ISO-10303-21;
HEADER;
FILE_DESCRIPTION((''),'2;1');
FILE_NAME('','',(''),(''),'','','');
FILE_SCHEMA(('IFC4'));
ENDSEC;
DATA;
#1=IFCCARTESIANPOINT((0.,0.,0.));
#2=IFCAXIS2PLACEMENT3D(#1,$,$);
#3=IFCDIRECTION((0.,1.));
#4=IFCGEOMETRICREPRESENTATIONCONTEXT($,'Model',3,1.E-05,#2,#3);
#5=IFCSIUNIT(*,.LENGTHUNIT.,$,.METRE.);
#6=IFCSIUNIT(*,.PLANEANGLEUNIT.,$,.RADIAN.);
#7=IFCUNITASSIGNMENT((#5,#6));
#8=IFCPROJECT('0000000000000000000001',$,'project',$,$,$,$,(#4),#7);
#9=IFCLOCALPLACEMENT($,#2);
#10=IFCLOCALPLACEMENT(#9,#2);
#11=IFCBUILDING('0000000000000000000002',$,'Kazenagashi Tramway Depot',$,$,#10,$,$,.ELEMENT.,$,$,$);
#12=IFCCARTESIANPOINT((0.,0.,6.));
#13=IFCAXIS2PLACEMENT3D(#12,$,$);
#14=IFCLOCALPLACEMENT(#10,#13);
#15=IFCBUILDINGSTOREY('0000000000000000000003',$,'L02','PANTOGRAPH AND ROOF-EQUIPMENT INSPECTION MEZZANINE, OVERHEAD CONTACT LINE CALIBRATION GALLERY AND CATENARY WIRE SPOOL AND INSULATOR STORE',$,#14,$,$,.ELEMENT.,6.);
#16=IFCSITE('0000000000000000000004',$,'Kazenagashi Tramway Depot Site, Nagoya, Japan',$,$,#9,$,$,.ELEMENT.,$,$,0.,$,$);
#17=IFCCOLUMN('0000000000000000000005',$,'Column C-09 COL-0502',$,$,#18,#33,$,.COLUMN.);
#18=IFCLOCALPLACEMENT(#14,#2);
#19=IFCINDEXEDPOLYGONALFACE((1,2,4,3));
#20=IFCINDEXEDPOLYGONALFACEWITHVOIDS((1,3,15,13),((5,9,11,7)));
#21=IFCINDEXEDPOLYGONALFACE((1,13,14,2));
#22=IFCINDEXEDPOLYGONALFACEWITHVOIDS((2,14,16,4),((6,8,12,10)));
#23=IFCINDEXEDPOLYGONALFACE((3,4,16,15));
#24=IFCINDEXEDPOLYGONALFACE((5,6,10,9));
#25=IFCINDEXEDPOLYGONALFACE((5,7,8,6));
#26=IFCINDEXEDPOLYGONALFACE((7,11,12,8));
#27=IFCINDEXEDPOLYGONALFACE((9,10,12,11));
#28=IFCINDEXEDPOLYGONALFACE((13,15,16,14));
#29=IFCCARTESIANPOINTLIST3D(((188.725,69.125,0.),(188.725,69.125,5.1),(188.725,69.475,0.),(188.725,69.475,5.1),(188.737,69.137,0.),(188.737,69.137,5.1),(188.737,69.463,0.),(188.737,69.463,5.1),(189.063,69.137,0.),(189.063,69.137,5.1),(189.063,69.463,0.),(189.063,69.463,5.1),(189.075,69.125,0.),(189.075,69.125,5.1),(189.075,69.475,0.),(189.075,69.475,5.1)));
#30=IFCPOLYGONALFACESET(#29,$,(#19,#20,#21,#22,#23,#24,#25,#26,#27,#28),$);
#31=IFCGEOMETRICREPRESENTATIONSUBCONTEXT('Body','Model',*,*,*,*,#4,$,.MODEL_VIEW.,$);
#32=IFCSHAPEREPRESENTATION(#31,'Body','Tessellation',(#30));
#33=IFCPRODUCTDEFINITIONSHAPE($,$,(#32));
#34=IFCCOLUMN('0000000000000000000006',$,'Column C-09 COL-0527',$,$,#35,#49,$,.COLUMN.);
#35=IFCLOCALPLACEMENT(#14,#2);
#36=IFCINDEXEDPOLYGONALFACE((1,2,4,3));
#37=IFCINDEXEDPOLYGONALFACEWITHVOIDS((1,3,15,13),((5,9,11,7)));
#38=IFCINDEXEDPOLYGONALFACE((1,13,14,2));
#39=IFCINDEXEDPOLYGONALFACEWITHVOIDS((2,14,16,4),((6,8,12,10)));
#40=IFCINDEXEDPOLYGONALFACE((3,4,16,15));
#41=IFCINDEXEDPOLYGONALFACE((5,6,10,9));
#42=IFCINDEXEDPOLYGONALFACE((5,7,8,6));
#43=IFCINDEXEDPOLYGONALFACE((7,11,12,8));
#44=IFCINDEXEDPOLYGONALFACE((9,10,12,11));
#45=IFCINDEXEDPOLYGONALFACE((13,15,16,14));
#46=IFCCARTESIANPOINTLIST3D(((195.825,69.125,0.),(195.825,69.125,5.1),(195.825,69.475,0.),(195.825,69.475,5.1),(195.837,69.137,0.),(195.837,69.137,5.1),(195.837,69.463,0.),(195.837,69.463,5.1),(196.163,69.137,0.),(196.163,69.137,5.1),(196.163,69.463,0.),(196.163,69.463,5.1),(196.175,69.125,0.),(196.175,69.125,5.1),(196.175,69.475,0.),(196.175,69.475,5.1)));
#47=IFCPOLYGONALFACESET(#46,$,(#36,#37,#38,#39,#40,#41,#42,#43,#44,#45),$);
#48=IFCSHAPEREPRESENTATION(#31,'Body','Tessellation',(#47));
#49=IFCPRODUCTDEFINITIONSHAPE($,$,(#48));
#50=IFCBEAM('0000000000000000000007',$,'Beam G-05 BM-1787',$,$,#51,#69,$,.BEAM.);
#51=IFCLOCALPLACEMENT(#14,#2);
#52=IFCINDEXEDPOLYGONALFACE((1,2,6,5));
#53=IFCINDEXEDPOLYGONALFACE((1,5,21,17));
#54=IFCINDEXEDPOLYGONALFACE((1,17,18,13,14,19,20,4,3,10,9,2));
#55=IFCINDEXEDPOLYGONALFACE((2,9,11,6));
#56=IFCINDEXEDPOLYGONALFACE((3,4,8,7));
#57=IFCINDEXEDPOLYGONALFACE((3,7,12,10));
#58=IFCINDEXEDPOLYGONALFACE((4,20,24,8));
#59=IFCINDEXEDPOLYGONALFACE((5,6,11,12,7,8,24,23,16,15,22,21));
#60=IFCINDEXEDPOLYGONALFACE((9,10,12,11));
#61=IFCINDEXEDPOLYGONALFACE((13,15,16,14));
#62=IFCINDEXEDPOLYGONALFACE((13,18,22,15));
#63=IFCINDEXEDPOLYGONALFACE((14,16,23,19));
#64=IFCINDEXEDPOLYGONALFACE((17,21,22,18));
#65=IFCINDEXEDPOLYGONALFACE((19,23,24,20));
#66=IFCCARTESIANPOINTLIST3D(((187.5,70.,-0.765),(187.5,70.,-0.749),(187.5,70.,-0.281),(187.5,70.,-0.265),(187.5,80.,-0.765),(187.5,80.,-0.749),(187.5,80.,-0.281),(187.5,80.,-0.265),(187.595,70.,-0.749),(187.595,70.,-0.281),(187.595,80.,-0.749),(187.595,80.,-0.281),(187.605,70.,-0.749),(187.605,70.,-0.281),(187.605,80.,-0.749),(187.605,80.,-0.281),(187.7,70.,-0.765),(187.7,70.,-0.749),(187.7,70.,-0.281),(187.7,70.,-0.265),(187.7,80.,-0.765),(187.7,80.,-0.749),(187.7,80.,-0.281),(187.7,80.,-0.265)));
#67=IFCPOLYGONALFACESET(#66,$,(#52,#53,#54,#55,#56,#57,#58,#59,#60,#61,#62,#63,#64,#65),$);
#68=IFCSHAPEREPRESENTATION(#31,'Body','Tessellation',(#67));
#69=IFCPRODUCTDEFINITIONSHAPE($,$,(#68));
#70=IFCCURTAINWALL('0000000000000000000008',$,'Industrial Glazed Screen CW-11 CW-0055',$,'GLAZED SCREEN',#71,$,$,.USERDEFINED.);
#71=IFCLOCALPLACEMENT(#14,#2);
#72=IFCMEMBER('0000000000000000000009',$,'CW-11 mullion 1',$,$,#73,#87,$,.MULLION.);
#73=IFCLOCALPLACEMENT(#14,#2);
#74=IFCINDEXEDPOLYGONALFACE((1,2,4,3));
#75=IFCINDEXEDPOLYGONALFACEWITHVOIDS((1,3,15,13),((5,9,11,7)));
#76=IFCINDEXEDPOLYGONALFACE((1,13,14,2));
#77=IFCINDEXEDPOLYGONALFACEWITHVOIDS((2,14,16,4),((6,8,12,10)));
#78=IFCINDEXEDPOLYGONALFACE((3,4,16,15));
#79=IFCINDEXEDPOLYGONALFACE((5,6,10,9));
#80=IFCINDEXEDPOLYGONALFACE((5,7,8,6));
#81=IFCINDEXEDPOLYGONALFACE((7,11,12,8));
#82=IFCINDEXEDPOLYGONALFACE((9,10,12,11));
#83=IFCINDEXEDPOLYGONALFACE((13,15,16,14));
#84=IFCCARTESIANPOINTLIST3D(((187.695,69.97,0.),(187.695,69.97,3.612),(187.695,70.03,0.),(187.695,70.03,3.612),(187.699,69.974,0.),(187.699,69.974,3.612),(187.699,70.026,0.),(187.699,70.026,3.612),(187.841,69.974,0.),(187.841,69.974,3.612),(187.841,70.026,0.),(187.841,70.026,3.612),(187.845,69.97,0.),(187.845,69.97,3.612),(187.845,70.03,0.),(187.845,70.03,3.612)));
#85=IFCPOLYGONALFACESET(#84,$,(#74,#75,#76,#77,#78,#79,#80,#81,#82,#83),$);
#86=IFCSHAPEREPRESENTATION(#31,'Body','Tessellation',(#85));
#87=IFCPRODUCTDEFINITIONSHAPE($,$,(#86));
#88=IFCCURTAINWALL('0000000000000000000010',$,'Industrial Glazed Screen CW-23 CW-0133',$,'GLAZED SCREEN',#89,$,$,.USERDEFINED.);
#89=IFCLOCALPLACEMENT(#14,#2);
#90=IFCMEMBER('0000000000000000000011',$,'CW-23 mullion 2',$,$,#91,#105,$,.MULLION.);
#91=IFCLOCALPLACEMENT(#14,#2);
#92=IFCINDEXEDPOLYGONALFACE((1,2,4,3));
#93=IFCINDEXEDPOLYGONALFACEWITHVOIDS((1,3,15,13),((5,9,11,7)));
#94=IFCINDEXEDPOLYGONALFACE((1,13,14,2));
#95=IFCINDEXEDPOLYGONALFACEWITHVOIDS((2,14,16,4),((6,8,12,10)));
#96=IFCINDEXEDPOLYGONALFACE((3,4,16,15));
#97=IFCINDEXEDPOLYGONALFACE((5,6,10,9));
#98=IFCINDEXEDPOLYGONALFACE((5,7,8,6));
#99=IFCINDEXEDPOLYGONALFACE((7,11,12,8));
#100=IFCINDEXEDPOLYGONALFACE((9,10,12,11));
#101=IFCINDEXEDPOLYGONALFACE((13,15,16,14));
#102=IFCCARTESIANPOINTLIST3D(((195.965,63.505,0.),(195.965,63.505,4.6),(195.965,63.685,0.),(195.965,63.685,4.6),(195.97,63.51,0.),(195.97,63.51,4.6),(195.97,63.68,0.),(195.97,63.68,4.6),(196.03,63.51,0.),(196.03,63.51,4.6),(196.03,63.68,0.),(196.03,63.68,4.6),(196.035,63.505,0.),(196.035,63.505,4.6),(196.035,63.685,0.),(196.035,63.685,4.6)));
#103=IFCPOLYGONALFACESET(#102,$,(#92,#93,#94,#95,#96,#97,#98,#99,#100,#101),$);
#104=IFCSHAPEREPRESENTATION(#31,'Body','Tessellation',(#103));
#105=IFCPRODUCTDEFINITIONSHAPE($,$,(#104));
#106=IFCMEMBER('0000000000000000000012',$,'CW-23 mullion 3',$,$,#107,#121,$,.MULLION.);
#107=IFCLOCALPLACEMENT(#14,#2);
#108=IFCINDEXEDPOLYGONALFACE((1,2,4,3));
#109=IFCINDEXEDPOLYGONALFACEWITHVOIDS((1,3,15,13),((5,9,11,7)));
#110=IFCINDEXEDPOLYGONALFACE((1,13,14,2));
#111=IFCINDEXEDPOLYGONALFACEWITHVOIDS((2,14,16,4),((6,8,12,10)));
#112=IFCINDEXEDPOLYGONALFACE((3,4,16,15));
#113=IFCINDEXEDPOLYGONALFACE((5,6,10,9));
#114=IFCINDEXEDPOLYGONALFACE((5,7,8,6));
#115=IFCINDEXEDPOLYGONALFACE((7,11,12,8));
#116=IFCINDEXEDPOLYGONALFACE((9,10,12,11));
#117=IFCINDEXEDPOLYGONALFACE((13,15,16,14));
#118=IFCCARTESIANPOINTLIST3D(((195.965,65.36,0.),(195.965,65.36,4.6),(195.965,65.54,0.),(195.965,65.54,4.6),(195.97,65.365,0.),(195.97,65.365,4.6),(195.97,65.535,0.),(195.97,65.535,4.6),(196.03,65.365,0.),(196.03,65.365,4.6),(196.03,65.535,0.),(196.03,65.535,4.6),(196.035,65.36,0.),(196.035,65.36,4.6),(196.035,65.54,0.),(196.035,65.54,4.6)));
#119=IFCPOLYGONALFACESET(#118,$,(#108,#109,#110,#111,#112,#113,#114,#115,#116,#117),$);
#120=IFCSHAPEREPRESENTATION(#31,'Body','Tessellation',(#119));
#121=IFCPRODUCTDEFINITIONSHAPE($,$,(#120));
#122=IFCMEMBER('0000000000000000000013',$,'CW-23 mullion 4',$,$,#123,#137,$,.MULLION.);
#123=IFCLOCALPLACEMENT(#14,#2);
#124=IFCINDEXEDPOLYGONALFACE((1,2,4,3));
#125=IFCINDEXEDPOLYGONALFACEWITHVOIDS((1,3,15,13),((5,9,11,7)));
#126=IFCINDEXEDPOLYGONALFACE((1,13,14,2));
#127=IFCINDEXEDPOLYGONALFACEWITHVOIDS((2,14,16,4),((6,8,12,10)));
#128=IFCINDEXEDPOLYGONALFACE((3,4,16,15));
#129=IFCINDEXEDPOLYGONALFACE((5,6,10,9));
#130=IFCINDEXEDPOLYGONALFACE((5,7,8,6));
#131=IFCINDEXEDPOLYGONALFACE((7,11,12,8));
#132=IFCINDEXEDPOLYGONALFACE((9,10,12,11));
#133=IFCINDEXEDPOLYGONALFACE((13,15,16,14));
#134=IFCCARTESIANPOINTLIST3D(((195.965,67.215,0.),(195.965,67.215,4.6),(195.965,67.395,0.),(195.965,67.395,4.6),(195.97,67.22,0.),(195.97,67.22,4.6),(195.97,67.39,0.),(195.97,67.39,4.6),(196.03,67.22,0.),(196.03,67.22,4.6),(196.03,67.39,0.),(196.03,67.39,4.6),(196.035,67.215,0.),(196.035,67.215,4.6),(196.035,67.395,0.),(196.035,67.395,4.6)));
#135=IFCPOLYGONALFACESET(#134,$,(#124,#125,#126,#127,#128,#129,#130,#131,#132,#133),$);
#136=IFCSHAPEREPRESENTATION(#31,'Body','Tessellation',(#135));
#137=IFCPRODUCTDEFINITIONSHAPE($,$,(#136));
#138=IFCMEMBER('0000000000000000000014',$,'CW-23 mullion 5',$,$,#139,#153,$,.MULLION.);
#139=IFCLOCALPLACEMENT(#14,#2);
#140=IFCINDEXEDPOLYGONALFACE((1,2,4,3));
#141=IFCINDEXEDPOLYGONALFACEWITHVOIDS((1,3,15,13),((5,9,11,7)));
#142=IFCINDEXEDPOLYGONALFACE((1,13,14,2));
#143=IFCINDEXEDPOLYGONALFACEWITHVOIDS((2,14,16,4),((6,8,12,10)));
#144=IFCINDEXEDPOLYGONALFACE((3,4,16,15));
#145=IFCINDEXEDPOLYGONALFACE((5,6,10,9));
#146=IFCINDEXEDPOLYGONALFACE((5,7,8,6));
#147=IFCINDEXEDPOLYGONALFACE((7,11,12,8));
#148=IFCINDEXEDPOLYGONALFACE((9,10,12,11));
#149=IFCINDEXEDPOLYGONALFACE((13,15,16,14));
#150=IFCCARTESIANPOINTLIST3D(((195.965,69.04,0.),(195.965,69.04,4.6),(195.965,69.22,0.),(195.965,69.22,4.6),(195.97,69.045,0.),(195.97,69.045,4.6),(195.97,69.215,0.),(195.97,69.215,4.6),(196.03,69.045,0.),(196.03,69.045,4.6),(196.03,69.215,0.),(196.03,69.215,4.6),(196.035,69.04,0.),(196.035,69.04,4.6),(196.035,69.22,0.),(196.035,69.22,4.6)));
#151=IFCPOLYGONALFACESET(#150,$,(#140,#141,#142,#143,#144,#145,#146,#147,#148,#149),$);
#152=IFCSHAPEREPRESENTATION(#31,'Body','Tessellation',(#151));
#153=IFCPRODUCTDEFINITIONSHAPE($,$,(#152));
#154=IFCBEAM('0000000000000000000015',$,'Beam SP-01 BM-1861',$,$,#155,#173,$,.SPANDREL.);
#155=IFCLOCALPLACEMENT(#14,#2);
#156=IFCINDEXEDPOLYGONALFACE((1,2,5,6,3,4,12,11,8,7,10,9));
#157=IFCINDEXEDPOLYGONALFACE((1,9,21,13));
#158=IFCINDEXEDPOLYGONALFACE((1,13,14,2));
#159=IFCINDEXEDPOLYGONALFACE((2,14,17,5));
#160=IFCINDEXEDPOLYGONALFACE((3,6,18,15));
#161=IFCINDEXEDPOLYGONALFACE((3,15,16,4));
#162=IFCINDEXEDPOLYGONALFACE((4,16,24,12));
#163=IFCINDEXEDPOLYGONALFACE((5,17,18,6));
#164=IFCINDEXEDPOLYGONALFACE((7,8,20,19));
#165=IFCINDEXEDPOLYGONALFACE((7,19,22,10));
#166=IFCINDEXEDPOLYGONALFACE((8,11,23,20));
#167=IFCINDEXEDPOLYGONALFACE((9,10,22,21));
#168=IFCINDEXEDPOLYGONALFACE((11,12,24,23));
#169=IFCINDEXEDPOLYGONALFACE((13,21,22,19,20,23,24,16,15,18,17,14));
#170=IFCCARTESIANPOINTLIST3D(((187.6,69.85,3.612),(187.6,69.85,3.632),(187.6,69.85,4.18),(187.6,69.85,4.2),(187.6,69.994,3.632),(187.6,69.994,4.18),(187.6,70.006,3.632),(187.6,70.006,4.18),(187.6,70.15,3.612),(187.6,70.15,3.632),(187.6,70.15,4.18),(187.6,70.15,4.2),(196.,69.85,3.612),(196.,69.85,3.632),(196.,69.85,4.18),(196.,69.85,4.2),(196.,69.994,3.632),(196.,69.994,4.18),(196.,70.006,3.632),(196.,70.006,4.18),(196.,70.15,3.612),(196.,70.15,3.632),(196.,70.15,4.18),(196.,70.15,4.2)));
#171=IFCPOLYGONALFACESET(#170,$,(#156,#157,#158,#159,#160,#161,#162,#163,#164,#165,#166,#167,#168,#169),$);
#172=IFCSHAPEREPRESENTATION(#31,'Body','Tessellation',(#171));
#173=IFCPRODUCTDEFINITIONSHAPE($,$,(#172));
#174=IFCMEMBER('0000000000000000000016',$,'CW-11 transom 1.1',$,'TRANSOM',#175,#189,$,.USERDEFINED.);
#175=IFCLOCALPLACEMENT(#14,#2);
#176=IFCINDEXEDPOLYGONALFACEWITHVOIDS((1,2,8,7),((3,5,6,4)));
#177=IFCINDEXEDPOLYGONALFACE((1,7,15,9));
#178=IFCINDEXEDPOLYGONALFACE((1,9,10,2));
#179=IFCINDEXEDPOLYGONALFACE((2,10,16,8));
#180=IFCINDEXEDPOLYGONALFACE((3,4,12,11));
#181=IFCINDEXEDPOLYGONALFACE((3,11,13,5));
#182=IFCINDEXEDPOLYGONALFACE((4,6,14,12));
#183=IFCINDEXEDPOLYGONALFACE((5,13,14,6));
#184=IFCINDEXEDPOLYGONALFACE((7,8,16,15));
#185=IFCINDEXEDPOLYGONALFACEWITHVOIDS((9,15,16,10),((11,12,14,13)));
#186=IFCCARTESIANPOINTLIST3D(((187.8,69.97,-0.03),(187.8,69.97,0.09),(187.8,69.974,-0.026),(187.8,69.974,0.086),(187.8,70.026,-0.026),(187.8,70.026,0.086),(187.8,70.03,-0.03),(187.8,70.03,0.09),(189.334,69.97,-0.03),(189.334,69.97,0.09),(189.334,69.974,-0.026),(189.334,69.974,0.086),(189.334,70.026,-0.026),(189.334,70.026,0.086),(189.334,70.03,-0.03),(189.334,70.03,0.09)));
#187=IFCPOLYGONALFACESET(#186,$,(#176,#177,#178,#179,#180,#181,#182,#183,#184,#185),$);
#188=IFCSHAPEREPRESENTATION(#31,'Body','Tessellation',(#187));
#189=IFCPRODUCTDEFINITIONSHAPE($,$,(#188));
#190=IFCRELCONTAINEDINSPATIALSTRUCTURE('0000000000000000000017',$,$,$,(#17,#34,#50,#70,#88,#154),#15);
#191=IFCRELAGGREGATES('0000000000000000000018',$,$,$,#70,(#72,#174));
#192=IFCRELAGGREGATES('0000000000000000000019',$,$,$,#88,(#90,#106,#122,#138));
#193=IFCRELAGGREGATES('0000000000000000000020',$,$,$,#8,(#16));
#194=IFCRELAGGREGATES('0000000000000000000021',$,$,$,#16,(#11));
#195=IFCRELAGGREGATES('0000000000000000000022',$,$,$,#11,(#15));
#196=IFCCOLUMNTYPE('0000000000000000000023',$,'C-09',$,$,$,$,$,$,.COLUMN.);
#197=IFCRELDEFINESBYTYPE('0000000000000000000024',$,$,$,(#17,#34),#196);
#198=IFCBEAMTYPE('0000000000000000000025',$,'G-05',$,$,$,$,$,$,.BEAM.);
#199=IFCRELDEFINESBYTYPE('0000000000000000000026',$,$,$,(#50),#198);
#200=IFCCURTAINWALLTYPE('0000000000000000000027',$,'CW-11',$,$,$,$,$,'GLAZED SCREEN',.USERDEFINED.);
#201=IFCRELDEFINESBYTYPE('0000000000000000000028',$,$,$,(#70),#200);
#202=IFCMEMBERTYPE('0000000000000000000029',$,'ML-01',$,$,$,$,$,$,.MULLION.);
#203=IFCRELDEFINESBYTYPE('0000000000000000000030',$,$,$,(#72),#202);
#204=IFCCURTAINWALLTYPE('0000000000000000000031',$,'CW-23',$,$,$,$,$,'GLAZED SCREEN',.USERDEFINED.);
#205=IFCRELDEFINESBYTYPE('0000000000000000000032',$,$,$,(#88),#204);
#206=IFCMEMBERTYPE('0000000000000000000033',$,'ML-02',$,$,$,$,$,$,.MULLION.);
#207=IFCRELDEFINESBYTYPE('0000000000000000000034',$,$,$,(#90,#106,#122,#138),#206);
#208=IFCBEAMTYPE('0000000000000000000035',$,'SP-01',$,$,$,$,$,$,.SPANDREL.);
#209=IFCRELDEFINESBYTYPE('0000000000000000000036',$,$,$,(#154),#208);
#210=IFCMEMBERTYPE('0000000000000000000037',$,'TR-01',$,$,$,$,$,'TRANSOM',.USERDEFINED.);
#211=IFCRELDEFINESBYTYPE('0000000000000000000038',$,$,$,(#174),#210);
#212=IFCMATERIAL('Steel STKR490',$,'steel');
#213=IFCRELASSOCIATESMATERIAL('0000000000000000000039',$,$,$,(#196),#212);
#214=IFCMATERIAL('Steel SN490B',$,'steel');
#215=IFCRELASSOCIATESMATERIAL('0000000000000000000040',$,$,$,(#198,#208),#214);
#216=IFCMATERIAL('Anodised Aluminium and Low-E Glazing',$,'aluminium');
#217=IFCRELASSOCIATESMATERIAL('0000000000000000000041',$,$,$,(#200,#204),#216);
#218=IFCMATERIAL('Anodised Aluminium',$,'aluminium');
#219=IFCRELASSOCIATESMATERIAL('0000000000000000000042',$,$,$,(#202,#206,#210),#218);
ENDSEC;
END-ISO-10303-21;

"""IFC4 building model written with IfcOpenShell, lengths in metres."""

from ifc_helpers import new_model, si_unit, direction, frame, origin, origin_2d, place, context, subcontext, project, spatial, hollow_rectangle, i_section, extrude, material, material_profile, profile_set, type_object, element, aggregate, save


model = new_model("IFC4")

# Units and contexts
model_context = context("Model", 3, precision=1e-05, world=origin(), true_north=direction((0.0, 1.0)))
body_context = subcontext(model_context, "Body", "Model", "MODEL_VIEW")
ifc_project = project(units=[si_unit("LENGTHUNIT", "METRE"), si_unit("PLANEANGLEUNIT", "RADIAN")], contexts=[model_context])

# Site, building, storey
site_placement = place(None, origin())
site = spatial("IfcSite", under=ifc_project, at=site_placement, Name="Kazenagashi Tramway Depot Site, Nagoya, Japan", CompositionType="ELEMENT", RefElevation=0.0)
building_placement = place(site_placement, origin())
building = spatial("IfcBuilding", under=site, at=building_placement, Name="Kazenagashi Tramway Depot", CompositionType="ELEMENT")
storey_placement = place(building_placement, frame((0.0, 0.0, 6.0)))
storey = spatial("IfcBuildingStorey", under=building, at=storey_placement, Name="L02", Description="PANTOGRAPH AND ROOF-EQUIPMENT INSPECTION MEZZANINE, OVERHEAD CONTACT LINE CALIBRATION GALLERY AND CATENARY WIRE SPOOL AND INSULATOR STORE", CompositionType="ELEMENT", Elevation=6.0)

# Columns
ifc_material_1 = material(Name="Steel STKR490", Category="steel")
ifc_material_profile_1 = material_profile(ifc_material_1, hollow_rectangle(XDim=0.35, YDim=0.35, WallThickness=0.012, at=origin_2d()), Name="SHS-350x350x12")
ifc_profile_set_1 = profile_set([ifc_material_profile_1], Name="Steel STKR490")
column_type = type_object("IfcColumnType", Name="C-09", PredefinedType="COLUMN", material=ifc_profile_set_1)
for number, where, z_axis, x_axis, name in (
    (1, (188.9, 69.3, 0.0), (0.0, 0.0, 1.0), (1.0, 0.0, 0.0), "Column C-09 COL-0502"),
    (2, (196.0, 69.3, 0.0), (0.0, 0.0, 1.0), (1.0, 0.0, 0.0), "Column C-09 COL-0527"),
):
    element("IfcColumn", number, at=place(storey_placement, frame(where, z_axis=z_axis, x_axis=x_axis)), inside=storey, type_object=column_type, Name=name, PredefinedType="COLUMN", context=body_context, shape_type="SweptSolid", body=[
        extrude(hollow_rectangle(XDim=0.35, YDim=0.35, WallThickness=0.012, at=origin_2d()), origin(), (0.0, 0.0, 1.0), 5.1),
    ])

# Beam
ifc_material_2 = material(Name="Steel SN490B", Category="steel")
ifc_material_profile_2 = material_profile(ifc_material_2, i_section(OverallWidth=0.2, OverallDepth=0.5, WebThickness=0.01, FlangeThickness=0.016, at=origin_2d()), Name="H-500x200x10x16")
ifc_profile_set_2 = profile_set([ifc_material_profile_2], Name="Steel SN490B")
beam_type_1 = type_object("IfcBeamType", Name="G-05", PredefinedType="BEAM", material=ifc_profile_set_2)
beam_1_placement = place(storey_placement, frame((187.6, 70.0, -0.515), z_axis=(0.0, 1.0, 0.0), x_axis=(-1.0, 0.0, 0.0)))
element("IfcBeam", 3, at=beam_1_placement, inside=storey, type_object=beam_type_1, Name="Beam G-05 BM-1787", PredefinedType="BEAM", context=body_context, shape_type="SweptSolid", body=[
    extrude(i_section(OverallWidth=0.2, OverallDepth=0.5, WebThickness=0.01, FlangeThickness=0.016, at=origin_2d()), origin(), (0.0, 0.0, 1.0), 10.0),
])

# Curtain wall, member
ifc_material_3 = material(Name="Anodised Aluminium and Low-E Glazing", Category="aluminium")
curtain_wall_type_1 = type_object("IfcCurtainWallType", Name="CW-11", ElementType="GLAZED SCREEN", PredefinedType="USERDEFINED", material=ifc_material_3)
curtain_wall_1_placement = place(storey_placement, origin())
curtain_wall_1 = element("IfcCurtainWall", 4, at=curtain_wall_1_placement, inside=storey, type_object=curtain_wall_type_1, Name="Industrial Glazed Screen CW-11 CW-0055", ObjectType="GLAZED SCREEN", PredefinedType="USERDEFINED")
ifc_material_4 = material(Name="Anodised Aluminium", Category="aluminium")
ifc_material_profile_3 = material_profile(ifc_material_4, hollow_rectangle(XDim=0.06, YDim=0.15, WallThickness=0.004, at=origin_2d()), Name="RHS-150x60x4")
ifc_profile_set_3 = profile_set([ifc_material_profile_3], Name="Anodised Aluminium")
member_type_1 = type_object("IfcMemberType", Name="ML-01", PredefinedType="MULLION", material=ifc_profile_set_3)
member_1_placement = place(storey_placement, frame((187.77, 70.0, 0.0), z_axis=(0.0, 0.0, 1.0), x_axis=(0.0, 1.0, 0.0)))
member_1 = element("IfcMember", 5, at=member_1_placement, type_object=member_type_1, Name="CW-11 mullion 1", PredefinedType="MULLION", context=body_context, shape_type="SweptSolid", body=[
    extrude(hollow_rectangle(XDim=0.06, YDim=0.15, WallThickness=0.004, at=origin_2d()), origin(), (0.0, 0.0, 1.0), 3.612),
])

# Curtain wall, members
curtain_wall_type_2 = type_object("IfcCurtainWallType", Name="CW-23", ElementType="GLAZED SCREEN", PredefinedType="USERDEFINED", material=ifc_material_3)
curtain_wall_2_placement = place(storey_placement, origin())
curtain_wall_2 = element("IfcCurtainWall", 6, at=curtain_wall_2_placement, inside=storey, type_object=curtain_wall_type_2, Name="Industrial Glazed Screen CW-23 CW-0133", ObjectType="GLAZED SCREEN", PredefinedType="USERDEFINED")
ifc_material_profile_4 = material_profile(ifc_material_4, hollow_rectangle(XDim=0.07, YDim=0.18, WallThickness=0.005, at=origin_2d()), Name="RHS-180x70x5")
ifc_profile_set_4 = profile_set([ifc_material_profile_4], Name="Anodised Aluminium")
member_type_2 = type_object("IfcMemberType", Name="ML-02", PredefinedType="MULLION", material=ifc_profile_set_4)
member_2_placement = place(storey_placement, frame((196.0, 63.595, 0.0), z_axis=(0.0, 0.0, 1.0), x_axis=(-1.0, 0.0, 0.0)))
member_2 = element("IfcMember", 7, at=member_2_placement, type_object=member_type_2, Name="CW-23 mullion 2", PredefinedType="MULLION", context=body_context, shape_type="SweptSolid", body=[
    extrude(hollow_rectangle(XDim=0.07, YDim=0.18, WallThickness=0.005, at=origin_2d()), origin(), (0.0, 0.0, 1.0), 4.6),
])
member_3_placement = place(storey_placement, frame((196.0, 65.45, 0.0), z_axis=(0.0, 0.0, 1.0), x_axis=(-1.0, 0.0, 0.0)))
member_3 = element("IfcMember", 8, at=member_3_placement, type_object=member_type_2, Name="CW-23 mullion 3", PredefinedType="MULLION", context=body_context, shape_type="SweptSolid", body=[
    extrude(hollow_rectangle(XDim=0.07, YDim=0.18, WallThickness=0.005, at=origin_2d()), origin(), (0.0, 0.0, 1.0), 4.6),
])
member_4_placement = place(storey_placement, frame((196.0, 67.305, 0.0), z_axis=(0.0, 0.0, 1.0), x_axis=(-1.0, 0.0, 0.0)))
member_4 = element("IfcMember", 9, at=member_4_placement, type_object=member_type_2, Name="CW-23 mullion 4", PredefinedType="MULLION", context=body_context, shape_type="SweptSolid", body=[
    extrude(hollow_rectangle(XDim=0.07, YDim=0.18, WallThickness=0.005, at=origin_2d()), origin(), (0.0, 0.0, 1.0), 4.6),
])
member_5_placement = place(storey_placement, frame((196.0, 69.13, 0.0), z_axis=(0.0, 0.0, 1.0), x_axis=(-1.0, 0.0, 0.0)))
member_5 = element("IfcMember", 10, at=member_5_placement, type_object=member_type_2, Name="CW-23 mullion 5", PredefinedType="MULLION", context=body_context, shape_type="SweptSolid", body=[
    extrude(hollow_rectangle(XDim=0.07, YDim=0.18, WallThickness=0.005, at=origin_2d()), origin(), (0.0, 0.0, 1.0), 4.6),
])

# Beam
ifc_material_profile_5 = material_profile(ifc_material_2, i_section(OverallWidth=0.3, OverallDepth=0.588, WebThickness=0.012, FlangeThickness=0.02, at=origin_2d()), Name="H-588x300x12x20")
ifc_profile_set_5 = profile_set([ifc_material_profile_5], Name="Steel SN490B")
beam_type_2 = type_object("IfcBeamType", Name="SP-01", PredefinedType="SPANDREL", material=ifc_profile_set_5)
beam_2_placement = place(storey_placement, frame((187.6, 70.0, 3.906), z_axis=(1.0, 0.0, 0.0), x_axis=(0.0, 1.0, 0.0)))
element("IfcBeam", 11, at=beam_2_placement, inside=storey, type_object=beam_type_2, Name="Beam SP-01 BM-1861", PredefinedType="SPANDREL", context=body_context, shape_type="SweptSolid", body=[
    extrude(i_section(OverallWidth=0.3, OverallDepth=0.588, WebThickness=0.012, FlangeThickness=0.02, at=origin_2d()), origin(), (0.0, 0.0, 1.0), 8.4),
])

# Member
ifc_material_profile_6 = material_profile(ifc_material_4, hollow_rectangle(XDim=0.06, YDim=0.12, WallThickness=0.004, at=origin_2d()), Name="RHS-120x60x4")
ifc_profile_set_6 = profile_set([ifc_material_profile_6], Name="Anodised Aluminium")
member_type_3 = type_object("IfcMemberType", Name="TR-01", ElementType="TRANSOM", PredefinedType="USERDEFINED", material=ifc_profile_set_6)
member_6_placement = place(storey_placement, frame((187.8, 70.0, 0.03), z_axis=(1.0, 0.0, 0.0), x_axis=(0.0, 1.0, 0.0)))
member_6 = element("IfcMember", 12, at=member_6_placement, type_object=member_type_3, Name="CW-11 transom 1.1", ObjectType="TRANSOM", PredefinedType="USERDEFINED", context=body_context, shape_type="SweptSolid", body=[
    extrude(hollow_rectangle(XDim=0.06, YDim=0.12, WallThickness=0.004, at=origin_2d()), origin(), (0.0, 0.0, 1.0), 1.534),
])
aggregate(curtain_wall_1, [member_1, member_6])

aggregate(curtain_wall_2, [member_2, member_3, member_4, member_5])

save(model, "model.ifc")
